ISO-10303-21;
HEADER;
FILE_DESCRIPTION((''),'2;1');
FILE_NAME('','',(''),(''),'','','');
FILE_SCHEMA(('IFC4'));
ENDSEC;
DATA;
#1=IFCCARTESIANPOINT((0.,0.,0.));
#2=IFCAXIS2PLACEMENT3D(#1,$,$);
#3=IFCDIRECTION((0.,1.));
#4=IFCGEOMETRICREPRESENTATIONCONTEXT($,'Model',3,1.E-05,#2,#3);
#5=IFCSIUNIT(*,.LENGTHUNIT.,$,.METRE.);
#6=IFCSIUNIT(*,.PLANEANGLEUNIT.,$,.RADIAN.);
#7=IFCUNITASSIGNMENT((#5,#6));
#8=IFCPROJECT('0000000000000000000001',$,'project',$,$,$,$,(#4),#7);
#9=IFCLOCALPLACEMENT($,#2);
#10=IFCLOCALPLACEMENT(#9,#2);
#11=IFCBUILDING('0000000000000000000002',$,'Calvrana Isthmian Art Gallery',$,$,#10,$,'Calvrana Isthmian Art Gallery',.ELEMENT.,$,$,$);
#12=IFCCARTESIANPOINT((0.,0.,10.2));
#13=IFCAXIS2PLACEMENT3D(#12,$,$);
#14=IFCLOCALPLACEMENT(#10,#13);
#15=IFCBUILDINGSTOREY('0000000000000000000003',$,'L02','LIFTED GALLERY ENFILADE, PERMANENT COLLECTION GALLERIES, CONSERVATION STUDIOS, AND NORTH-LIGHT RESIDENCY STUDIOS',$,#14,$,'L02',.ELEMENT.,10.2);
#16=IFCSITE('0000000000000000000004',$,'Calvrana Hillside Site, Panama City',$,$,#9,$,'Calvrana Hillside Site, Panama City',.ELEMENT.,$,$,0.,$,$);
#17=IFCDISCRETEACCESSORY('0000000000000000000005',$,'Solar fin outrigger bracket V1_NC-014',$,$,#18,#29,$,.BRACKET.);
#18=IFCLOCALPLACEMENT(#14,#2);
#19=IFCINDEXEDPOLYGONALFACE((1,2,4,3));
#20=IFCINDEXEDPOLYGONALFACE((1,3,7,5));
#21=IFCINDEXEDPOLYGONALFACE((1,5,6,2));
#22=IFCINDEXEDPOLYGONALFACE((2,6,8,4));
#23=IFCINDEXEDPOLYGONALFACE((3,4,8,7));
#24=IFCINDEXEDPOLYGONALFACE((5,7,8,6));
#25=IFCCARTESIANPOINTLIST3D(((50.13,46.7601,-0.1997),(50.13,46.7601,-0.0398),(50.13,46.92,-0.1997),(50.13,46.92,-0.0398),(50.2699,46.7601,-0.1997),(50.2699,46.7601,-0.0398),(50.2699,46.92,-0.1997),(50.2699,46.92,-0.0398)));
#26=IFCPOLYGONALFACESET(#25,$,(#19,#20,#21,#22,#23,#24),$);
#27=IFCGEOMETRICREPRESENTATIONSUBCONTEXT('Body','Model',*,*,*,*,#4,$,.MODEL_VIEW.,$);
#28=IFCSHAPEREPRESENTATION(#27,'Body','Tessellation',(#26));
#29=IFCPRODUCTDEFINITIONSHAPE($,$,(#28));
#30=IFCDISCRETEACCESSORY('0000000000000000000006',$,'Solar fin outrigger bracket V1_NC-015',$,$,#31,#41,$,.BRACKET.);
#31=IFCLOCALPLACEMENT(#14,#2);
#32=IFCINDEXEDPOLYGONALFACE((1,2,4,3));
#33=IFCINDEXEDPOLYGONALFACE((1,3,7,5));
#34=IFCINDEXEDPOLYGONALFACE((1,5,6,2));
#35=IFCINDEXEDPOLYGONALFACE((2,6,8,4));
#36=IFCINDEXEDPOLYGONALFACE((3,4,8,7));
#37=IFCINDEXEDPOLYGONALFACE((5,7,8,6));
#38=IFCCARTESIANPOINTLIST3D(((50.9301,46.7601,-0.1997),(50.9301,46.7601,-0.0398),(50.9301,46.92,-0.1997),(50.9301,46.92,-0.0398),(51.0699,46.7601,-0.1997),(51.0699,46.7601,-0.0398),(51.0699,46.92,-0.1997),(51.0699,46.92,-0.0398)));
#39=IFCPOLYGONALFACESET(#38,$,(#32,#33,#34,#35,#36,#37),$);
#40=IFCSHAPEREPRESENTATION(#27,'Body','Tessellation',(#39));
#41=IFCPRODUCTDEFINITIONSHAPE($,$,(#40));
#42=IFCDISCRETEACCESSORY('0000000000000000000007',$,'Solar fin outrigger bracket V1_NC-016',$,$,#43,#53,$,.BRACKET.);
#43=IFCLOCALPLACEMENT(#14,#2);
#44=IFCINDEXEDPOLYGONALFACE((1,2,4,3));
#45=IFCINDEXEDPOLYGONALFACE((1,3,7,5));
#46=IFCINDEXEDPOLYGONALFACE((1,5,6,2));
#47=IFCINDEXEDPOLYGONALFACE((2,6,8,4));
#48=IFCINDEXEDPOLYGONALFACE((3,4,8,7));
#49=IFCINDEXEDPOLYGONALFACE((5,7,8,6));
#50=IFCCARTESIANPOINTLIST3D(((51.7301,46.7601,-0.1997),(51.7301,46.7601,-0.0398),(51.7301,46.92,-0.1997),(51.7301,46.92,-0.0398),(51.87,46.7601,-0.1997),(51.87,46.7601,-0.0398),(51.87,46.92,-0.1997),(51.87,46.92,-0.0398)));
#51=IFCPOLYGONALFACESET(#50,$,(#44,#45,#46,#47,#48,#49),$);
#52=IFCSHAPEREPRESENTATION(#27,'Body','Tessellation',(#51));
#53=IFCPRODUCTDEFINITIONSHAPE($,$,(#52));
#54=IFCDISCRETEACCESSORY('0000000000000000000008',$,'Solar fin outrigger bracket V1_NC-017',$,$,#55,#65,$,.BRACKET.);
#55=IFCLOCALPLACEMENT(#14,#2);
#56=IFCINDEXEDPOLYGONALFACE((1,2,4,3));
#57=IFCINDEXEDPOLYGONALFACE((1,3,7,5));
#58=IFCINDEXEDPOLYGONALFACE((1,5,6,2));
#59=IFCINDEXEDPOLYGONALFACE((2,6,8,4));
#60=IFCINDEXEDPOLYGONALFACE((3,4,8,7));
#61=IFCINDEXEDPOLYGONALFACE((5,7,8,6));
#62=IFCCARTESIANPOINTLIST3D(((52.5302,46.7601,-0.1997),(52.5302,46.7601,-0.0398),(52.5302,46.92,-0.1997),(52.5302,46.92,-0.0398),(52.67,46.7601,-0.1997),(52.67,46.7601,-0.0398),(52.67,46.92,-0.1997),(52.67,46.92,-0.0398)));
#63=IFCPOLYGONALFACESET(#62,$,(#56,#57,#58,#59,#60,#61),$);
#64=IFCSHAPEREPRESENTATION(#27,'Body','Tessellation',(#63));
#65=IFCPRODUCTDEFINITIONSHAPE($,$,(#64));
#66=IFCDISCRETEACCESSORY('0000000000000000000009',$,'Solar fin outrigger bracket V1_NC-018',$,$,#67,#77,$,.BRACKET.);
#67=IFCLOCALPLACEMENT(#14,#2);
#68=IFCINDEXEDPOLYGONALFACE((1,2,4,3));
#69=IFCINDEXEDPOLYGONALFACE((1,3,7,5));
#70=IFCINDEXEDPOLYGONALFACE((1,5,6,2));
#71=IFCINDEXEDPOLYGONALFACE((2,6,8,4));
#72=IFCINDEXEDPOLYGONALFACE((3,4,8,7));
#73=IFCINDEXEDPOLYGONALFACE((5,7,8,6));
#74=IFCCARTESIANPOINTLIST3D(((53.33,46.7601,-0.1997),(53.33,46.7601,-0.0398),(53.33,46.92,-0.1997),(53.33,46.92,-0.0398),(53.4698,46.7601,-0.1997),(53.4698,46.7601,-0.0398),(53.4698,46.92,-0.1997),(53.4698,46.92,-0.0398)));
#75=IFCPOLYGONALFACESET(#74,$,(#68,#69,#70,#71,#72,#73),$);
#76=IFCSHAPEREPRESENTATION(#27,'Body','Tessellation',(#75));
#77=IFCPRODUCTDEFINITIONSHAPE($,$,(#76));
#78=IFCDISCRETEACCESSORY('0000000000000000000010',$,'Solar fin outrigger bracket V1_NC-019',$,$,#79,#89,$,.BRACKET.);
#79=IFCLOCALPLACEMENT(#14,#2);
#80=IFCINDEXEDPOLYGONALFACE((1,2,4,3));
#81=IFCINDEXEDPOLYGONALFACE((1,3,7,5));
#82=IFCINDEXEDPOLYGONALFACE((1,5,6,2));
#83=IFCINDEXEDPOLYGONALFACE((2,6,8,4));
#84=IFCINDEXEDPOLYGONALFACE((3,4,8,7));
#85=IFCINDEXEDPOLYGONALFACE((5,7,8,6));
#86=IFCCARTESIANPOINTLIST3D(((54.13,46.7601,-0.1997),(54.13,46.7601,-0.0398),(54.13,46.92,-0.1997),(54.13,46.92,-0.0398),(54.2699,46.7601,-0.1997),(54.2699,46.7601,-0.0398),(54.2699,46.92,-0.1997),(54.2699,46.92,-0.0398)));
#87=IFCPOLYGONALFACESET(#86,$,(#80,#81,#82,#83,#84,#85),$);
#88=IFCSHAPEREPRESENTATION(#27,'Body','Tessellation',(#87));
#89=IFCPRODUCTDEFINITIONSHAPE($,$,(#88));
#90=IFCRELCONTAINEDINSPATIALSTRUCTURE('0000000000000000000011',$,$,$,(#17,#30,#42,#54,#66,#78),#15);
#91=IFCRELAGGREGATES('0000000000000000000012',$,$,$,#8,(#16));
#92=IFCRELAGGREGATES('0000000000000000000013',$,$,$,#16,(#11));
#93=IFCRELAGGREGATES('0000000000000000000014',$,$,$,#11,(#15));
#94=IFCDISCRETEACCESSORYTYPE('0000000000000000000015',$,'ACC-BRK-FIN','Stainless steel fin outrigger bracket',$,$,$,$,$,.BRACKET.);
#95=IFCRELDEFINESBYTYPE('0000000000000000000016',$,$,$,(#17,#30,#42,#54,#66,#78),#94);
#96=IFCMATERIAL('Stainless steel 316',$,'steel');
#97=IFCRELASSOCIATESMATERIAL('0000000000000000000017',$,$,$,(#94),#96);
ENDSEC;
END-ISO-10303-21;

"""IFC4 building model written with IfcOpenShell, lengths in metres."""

from ifc_helpers import new_model, si_unit, direction, frame, origin, origin_2d, place, context, subcontext, project, spatial, rectangle, extrude, material, type_object, element, save


model = new_model("IFC4")

# Units and contexts
model_context = context("Model", 3, precision=1e-05, world=origin(), true_north=direction((0.0, 1.0)))
body_context = subcontext(model_context, "Body", "Model", "MODEL_VIEW")
ifc_project = project(units=[si_unit("LENGTHUNIT", "METRE"), si_unit("PLANEANGLEUNIT", "RADIAN")], contexts=[model_context])

# Site, building, storey
site_placement = place(None, origin())
site = spatial("IfcSite", under=ifc_project, at=site_placement, Name="Calvrana Hillside Site, Panama City", LongName="Calvrana Hillside Site, Panama City", CompositionType="ELEMENT", RefElevation=0.0)
building_placement = place(site_placement, origin())
building = spatial("IfcBuilding", under=site, at=building_placement, Name="Calvrana Isthmian Art Gallery", LongName="Calvrana Isthmian Art Gallery", CompositionType="ELEMENT")
storey_placement = place(building_placement, frame((0.0, 0.0, 10.2)))
storey = spatial("IfcBuildingStorey", under=building, at=storey_placement, Name="L02", Description="LIFTED GALLERY ENFILADE, PERMANENT COLLECTION GALLERIES, CONSERVATION STUDIOS, AND NORTH-LIGHT RESIDENCY STUDIOS", LongName="L02", CompositionType="ELEMENT", Elevation=10.2)

# Discrete accessories
ifc_material_1 = material(Name="Stainless steel 316", Category="steel")
discrete_accessory_type = type_object("IfcDiscreteAccessoryType", Name="ACC-BRK-FIN", Description="Stainless steel fin outrigger bracket", PredefinedType="BRACKET", material=ifc_material_1)
for number, where, z_axis, x_axis, name in (
    (1, (50.2, 46.8401, -0.1997), (0.0, 0.0, 1.0), (1.0, 0.0, 0.0), "Solar fin outrigger bracket V1_NC-014"),
    (2, (51.0, 46.8401, -0.1997), (0.0, 0.0, 1.0), (1.0, 0.0, 0.0), "Solar fin outrigger bracket V1_NC-015"),
    (3, (51.8, 46.8401, -0.1997), (0.0, 0.0, 1.0), (1.0, 0.0, 0.0), "Solar fin outrigger bracket V1_NC-016"),
    (4, (52.6001, 46.8401, -0.1997), (0.0, 0.0, 1.0), (1.0, 0.0, 0.0), "Solar fin outrigger bracket V1_NC-017"),
    (5, (53.3999, 46.8401, -0.1997), (0.0, 0.0, 1.0), (1.0, 0.0, 0.0), "Solar fin outrigger bracket V1_NC-018"),
    (6, (54.2, 46.8401, -0.1997), (0.0, 0.0, 1.0), (1.0, 0.0, 0.0), "Solar fin outrigger bracket V1_NC-019"),
):
    element("IfcDiscreteAccessory", number, at=place(storey_placement, frame(where, z_axis=z_axis, x_axis=x_axis)), inside=storey, type_object=discrete_accessory_type, Name=name, PredefinedType="BRACKET", context=body_context, shape_type="SweptSolid", body=[
        extrude(rectangle(XDim=0.1399, YDim=0.1599, at=origin_2d()), origin(), (0.0, 0.0, 1.0), 0.1599),
    ])

save(model, "model.ifc")
